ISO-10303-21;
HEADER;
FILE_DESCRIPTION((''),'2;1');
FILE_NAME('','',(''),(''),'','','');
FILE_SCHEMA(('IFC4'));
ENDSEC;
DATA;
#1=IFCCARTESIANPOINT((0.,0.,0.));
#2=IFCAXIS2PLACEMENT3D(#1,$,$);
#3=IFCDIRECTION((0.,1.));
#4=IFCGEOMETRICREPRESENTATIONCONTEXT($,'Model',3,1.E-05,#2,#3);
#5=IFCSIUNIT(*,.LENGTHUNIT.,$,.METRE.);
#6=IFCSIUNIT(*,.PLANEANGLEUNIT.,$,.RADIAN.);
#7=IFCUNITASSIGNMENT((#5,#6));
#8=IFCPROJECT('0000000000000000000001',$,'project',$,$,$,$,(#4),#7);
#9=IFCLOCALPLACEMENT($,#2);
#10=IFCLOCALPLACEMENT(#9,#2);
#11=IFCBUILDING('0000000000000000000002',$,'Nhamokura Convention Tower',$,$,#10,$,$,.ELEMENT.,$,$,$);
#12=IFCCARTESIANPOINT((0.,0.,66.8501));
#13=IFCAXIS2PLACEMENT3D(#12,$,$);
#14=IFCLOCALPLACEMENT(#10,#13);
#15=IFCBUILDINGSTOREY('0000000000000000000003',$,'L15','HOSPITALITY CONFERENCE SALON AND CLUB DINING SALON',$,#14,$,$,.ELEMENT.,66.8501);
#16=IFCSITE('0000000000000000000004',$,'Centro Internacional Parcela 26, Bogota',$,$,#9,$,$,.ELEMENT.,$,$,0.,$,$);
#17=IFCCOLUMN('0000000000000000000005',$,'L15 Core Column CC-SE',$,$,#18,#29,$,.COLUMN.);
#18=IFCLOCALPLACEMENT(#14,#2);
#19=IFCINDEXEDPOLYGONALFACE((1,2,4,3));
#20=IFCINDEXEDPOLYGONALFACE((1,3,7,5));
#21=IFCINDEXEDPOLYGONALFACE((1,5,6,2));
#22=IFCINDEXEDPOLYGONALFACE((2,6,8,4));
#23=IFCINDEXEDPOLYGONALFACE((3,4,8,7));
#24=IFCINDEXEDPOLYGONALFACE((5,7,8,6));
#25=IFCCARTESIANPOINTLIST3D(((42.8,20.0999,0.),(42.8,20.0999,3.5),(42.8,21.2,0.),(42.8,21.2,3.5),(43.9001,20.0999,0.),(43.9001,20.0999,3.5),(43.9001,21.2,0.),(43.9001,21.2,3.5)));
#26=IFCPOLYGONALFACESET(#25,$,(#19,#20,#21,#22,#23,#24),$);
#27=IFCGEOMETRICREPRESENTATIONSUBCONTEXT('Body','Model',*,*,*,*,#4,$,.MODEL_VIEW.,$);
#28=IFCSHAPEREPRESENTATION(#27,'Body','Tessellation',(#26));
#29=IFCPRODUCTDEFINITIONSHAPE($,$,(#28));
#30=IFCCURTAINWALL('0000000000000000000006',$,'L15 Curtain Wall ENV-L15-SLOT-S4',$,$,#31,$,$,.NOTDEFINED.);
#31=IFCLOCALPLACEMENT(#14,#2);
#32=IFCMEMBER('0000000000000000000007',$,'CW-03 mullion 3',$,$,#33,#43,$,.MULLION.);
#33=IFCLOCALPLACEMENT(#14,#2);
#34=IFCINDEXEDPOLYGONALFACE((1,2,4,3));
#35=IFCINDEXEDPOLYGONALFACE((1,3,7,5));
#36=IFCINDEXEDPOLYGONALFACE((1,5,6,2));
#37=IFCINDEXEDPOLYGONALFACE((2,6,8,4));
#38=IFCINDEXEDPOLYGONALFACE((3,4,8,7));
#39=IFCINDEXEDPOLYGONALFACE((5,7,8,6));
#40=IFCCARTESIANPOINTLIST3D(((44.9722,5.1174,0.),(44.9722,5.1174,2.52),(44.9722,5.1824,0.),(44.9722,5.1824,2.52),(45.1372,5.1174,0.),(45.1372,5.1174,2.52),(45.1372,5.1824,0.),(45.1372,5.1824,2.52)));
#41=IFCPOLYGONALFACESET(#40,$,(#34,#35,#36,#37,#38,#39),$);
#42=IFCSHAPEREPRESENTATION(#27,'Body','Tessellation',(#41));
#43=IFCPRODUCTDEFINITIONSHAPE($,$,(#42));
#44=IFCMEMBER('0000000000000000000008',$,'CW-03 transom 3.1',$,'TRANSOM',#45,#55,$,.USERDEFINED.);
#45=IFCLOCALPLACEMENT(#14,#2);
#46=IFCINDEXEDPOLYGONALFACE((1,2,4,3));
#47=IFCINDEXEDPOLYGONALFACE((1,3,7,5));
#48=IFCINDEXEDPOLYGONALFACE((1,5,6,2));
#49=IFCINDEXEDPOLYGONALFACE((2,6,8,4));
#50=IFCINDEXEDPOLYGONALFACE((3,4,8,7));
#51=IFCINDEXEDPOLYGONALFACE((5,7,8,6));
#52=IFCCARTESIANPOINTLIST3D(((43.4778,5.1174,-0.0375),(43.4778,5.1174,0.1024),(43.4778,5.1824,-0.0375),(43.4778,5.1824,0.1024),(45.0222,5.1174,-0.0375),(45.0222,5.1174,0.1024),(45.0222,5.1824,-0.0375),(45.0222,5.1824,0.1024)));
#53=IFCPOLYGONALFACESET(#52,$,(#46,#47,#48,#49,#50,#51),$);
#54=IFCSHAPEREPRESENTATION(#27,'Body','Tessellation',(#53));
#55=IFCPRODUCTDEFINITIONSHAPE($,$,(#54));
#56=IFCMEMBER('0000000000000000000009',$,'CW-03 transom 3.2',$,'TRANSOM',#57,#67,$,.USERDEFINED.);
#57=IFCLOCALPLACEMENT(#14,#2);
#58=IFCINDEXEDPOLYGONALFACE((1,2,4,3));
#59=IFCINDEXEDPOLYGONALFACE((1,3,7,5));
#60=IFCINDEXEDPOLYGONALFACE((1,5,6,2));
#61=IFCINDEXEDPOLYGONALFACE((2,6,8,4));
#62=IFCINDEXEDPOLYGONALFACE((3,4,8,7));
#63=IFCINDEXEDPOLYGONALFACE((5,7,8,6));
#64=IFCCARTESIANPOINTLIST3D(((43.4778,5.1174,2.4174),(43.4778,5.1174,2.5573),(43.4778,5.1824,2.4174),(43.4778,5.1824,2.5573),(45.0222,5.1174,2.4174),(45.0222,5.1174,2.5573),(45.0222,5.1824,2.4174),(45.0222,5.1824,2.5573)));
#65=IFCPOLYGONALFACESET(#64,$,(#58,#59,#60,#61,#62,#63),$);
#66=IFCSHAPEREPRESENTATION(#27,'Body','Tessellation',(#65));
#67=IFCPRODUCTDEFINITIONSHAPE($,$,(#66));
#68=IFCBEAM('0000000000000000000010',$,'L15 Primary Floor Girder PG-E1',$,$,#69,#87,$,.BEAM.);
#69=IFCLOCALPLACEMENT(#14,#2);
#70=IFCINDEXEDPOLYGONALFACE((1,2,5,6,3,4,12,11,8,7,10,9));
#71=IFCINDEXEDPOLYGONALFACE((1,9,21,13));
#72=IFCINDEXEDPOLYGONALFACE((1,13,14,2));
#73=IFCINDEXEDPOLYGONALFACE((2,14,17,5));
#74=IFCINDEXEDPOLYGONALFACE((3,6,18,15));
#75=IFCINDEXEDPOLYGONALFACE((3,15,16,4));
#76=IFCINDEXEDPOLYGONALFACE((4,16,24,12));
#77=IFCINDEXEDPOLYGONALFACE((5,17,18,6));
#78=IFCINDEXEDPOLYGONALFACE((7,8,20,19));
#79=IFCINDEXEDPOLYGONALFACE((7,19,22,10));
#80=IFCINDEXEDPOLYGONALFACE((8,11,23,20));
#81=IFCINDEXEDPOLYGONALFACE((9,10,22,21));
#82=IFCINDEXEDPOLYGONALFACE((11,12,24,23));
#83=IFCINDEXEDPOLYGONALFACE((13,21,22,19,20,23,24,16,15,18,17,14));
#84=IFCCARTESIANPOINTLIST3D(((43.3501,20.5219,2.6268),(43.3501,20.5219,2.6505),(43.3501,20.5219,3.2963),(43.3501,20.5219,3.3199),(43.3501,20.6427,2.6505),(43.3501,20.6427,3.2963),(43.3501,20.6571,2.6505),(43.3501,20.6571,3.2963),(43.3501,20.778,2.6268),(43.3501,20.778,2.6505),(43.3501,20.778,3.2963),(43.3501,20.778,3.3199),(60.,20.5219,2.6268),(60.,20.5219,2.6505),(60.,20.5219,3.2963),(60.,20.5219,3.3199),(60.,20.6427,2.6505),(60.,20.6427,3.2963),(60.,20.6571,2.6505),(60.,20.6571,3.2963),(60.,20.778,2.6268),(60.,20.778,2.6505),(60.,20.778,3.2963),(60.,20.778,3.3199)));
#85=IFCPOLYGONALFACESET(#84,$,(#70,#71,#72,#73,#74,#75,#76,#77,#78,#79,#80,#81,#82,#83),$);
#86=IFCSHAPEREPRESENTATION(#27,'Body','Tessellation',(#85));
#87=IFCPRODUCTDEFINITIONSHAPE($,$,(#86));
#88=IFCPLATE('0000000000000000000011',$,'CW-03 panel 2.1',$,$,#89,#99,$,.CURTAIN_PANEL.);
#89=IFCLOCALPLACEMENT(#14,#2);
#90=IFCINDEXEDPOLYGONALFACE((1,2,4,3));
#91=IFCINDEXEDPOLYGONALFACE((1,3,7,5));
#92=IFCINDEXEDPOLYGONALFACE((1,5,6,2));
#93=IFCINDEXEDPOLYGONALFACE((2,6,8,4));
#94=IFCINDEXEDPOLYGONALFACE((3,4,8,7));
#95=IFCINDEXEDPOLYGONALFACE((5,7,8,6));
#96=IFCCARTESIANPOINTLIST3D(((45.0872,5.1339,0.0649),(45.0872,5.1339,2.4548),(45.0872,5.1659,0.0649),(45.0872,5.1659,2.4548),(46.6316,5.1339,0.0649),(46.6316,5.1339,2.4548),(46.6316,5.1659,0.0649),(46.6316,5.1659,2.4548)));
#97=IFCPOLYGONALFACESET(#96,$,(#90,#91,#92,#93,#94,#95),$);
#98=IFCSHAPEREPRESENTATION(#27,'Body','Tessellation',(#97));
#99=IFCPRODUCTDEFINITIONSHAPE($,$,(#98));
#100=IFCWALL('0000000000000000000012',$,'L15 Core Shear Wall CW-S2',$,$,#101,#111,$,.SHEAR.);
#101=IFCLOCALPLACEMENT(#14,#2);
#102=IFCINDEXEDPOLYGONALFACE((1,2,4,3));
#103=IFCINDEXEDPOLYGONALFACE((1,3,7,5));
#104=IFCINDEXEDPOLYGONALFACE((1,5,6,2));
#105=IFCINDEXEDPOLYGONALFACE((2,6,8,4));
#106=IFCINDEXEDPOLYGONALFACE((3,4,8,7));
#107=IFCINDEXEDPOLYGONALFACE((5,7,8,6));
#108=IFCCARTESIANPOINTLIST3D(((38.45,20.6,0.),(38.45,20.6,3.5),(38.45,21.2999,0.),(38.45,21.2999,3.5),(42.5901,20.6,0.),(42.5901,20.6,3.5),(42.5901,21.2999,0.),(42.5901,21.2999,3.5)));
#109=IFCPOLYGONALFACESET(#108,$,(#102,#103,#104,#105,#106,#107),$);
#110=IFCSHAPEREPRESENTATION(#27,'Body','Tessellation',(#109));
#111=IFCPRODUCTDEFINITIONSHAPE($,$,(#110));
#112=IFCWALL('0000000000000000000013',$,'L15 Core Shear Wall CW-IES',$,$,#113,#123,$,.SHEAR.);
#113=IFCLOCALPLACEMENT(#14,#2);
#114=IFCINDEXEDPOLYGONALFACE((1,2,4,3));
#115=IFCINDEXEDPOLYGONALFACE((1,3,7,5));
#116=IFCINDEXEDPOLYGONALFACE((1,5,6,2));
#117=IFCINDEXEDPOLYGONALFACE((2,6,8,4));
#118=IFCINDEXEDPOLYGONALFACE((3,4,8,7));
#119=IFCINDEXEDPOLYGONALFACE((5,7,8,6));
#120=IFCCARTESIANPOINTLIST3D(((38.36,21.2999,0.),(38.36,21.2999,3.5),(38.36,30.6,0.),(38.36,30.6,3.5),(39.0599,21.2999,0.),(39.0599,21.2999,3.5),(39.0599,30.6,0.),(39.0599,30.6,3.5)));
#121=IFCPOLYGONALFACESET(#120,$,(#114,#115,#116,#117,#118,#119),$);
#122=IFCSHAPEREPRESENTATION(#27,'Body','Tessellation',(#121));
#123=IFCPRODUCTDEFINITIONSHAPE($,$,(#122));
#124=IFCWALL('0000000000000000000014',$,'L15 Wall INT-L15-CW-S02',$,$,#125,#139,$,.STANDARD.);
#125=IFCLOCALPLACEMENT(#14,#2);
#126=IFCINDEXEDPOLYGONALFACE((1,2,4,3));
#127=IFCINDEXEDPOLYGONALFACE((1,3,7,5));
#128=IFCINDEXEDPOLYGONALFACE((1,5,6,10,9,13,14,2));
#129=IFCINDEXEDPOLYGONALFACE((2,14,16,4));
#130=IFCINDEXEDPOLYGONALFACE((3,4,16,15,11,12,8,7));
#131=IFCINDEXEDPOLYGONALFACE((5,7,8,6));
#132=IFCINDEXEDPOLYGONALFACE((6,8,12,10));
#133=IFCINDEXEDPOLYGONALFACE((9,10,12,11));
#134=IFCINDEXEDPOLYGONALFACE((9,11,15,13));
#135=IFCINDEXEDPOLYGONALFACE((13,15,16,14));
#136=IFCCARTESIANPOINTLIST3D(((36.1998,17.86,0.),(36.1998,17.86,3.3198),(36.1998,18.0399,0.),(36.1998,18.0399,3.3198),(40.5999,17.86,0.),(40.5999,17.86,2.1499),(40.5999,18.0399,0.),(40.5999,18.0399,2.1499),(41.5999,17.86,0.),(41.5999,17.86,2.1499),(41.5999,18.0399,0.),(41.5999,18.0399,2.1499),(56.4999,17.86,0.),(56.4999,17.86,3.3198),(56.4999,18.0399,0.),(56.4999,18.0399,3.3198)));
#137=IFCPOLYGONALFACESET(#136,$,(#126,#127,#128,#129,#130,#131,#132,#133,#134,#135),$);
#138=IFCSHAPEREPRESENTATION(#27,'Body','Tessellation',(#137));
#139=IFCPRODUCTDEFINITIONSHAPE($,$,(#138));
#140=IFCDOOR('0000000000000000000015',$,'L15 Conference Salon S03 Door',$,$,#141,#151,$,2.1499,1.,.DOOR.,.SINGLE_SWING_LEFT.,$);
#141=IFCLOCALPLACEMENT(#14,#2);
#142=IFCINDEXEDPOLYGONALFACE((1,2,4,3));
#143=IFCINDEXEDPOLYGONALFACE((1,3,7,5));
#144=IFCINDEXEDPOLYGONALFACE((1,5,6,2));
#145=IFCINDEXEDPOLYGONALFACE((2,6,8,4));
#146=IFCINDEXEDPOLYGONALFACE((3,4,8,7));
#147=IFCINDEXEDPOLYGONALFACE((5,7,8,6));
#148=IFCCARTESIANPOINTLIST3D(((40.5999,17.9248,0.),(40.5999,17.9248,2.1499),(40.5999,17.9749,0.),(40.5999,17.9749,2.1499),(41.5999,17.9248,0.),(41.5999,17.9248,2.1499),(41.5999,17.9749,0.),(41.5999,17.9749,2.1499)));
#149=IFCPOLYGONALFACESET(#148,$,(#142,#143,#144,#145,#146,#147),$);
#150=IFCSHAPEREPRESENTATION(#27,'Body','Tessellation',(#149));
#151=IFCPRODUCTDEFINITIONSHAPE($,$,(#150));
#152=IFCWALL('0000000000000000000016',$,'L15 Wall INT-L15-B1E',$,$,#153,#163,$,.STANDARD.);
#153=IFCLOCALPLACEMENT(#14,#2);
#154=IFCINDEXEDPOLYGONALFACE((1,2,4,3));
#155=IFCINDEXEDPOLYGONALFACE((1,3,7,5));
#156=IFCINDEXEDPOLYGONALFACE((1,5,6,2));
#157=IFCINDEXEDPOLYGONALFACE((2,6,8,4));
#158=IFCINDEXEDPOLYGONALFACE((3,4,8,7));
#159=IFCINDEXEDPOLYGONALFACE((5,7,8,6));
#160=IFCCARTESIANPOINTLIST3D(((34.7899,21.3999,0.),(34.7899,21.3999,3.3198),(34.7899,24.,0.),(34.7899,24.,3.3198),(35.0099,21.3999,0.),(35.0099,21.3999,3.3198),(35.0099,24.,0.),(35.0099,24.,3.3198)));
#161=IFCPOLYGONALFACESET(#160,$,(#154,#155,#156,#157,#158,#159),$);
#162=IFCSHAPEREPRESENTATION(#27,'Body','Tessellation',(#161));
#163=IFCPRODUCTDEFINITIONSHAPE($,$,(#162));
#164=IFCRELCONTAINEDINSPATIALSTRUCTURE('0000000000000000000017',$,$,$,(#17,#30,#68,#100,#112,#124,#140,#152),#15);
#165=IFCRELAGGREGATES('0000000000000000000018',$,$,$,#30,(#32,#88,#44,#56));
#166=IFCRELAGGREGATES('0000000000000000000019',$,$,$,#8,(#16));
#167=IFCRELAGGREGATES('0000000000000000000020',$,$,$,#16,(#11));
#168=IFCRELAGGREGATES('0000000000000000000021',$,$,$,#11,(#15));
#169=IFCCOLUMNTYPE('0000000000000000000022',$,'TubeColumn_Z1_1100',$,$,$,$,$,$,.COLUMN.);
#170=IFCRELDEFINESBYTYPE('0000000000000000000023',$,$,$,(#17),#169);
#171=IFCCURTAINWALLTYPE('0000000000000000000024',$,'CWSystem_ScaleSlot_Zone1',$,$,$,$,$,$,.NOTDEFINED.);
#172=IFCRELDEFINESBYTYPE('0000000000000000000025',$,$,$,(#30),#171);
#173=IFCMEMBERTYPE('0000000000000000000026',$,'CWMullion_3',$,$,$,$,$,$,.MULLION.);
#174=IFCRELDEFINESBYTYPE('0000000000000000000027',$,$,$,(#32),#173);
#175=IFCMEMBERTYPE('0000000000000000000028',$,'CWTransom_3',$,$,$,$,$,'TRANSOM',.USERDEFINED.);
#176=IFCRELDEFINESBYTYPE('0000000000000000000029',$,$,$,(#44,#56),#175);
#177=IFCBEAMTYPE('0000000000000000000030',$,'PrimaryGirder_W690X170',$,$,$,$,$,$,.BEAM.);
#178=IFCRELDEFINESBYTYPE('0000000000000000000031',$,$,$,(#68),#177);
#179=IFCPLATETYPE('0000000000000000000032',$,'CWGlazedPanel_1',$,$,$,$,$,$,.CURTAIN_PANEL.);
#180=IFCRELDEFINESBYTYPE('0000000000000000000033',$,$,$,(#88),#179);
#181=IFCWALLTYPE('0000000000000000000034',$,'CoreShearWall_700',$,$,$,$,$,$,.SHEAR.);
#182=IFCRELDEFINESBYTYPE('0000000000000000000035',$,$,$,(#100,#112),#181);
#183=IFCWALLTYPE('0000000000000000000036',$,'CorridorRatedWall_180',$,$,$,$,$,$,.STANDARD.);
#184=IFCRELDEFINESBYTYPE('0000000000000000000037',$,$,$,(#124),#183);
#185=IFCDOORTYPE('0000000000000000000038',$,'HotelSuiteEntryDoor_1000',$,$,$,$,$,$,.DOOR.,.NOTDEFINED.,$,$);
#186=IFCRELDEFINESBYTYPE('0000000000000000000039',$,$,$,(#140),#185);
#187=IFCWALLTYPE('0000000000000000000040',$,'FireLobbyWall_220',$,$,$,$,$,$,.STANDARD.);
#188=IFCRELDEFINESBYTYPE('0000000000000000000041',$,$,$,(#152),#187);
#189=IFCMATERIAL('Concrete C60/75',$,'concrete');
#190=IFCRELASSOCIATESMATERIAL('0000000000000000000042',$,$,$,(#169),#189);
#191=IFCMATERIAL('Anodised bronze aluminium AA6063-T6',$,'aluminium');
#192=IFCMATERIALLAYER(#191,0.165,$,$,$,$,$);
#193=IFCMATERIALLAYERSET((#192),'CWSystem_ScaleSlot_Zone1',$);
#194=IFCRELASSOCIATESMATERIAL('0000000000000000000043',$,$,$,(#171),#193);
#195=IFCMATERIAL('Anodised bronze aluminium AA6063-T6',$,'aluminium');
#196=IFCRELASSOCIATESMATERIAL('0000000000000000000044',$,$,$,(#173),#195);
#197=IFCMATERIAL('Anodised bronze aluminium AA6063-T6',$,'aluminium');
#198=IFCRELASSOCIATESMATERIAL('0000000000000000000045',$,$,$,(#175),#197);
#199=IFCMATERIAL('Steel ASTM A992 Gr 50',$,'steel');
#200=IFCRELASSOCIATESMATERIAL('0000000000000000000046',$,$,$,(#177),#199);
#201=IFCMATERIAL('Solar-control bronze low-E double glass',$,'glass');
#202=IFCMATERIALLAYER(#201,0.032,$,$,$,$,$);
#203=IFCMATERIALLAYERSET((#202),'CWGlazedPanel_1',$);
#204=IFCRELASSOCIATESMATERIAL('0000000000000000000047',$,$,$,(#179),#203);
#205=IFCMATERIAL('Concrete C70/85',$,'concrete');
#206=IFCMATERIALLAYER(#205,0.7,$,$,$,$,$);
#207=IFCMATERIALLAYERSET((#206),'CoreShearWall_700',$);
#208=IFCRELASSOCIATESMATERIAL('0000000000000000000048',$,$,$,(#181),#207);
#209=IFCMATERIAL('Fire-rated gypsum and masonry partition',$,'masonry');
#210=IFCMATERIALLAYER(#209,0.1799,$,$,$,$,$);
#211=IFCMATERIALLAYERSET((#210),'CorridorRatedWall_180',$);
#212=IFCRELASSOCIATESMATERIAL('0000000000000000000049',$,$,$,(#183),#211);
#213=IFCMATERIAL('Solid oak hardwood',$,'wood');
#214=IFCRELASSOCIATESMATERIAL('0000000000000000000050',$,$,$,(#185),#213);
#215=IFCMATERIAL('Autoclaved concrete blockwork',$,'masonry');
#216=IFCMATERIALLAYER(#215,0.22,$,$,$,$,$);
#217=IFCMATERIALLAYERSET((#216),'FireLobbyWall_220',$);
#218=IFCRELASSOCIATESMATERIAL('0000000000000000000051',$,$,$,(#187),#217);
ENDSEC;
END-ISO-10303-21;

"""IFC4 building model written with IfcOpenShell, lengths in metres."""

from ifc_helpers import new_model, si_unit, direction, frame, frame_2d, origin, origin_2d, place, context, subcontext, project, spatial, rectangle, i_section, extrude, material, layer, layer_set, material_profile, profile_set, type_object, element, fill, aggregate, save


model = new_model("IFC4")

# Units and contexts
model_context = context("Model", 3, precision=1e-05, world=origin(), true_north=direction((0.0, 1.0)))
body_context = subcontext(model_context, "Body", "Model", "MODEL_VIEW")
ifc_project = project(units=[si_unit("LENGTHUNIT", "METRE"), si_unit("PLANEANGLEUNIT", "RADIAN")], contexts=[model_context])

# Site, building, storey
site_placement = place(None, origin())
site = spatial("IfcSite", under=ifc_project, at=site_placement, Name="Centro Internacional Parcela 26, Bogota", CompositionType="ELEMENT", RefElevation=0.0)
building_placement = place(site_placement, origin())
building = spatial("IfcBuilding", under=site, at=building_placement, Name="Nhamokura Convention Tower", CompositionType="ELEMENT")
storey_placement = place(building_placement, frame((0.0, 0.0, 66.8501)))
storey = spatial("IfcBuildingStorey", under=building, at=storey_placement, Name="L15", Description="HOSPITALITY CONFERENCE SALON AND CLUB DINING SALON", CompositionType="ELEMENT", Elevation=66.8501)

# Column
ifc_material_1 = material(Name="Concrete C60/75", Category="concrete")
ifc_material_profile_1 = material_profile(ifc_material_1, rectangle(XDim=1.1001, YDim=1.1001, at=origin_2d()))
ifc_profile_set_1 = profile_set([ifc_material_profile_1], Name="Concrete C60/75")
column_type = type_object("IfcColumnType", Name="TubeColumn_Z1_1100", PredefinedType="COLUMN", material=ifc_profile_set_1)
column_placement = place(storey_placement, frame((43.3501, 20.6499, 0.0), z_axis=(0.0, 0.0, 1.0), x_axis=(1.0, 0.0, 0.0)))
element("IfcColumn", 1, at=column_placement, inside=storey, type_object=column_type, Name="L15 Core Column CC-SE", PredefinedType="COLUMN", context=body_context, shape_type="SweptSolid", body=[
    extrude(rectangle(XDim=1.1001, YDim=1.1001, at=origin_2d()), origin(), (0.0, 0.0, 1.0), 3.5),
])

# Curtain wall, members
ifc_material_2 = material(Name="Anodised bronze aluminium AA6063-T6", Category="aluminium")
ifc_layer_1 = layer(ifc_material_2, 0.165)
ifc_layer_set_1 = layer_set([ifc_layer_1], Name="CWSystem_ScaleSlot_Zone1")
curtain_wall_type = type_object("IfcCurtainWallType", Name="CWSystem_ScaleSlot_Zone1", PredefinedType="NOTDEFINED", material=ifc_layer_set_1)
curtain_wall_placement = place(storey_placement, origin())
curtain_wall = element("IfcCurtainWall", 2, at=curtain_wall_placement, inside=storey, type_object=curtain_wall_type, Name="L15 Curtain Wall ENV-L15-SLOT-S4", PredefinedType="NOTDEFINED")
ifc_material_3 = material(Name="Anodised bronze aluminium AA6063-T6", Category="aluminium")
ifc_material_profile_2 = material_profile(ifc_material_3, rectangle(XDim=0.0649, YDim=0.165, at=origin_2d()))
ifc_profile_set_2 = profile_set([ifc_material_profile_2], Name="Anodised bronze aluminium AA6063-T6")
member_type_1 = type_object("IfcMemberType", Name="CWMullion_3", PredefinedType="MULLION", material=ifc_profile_set_2)
member_1_placement = place(storey_placement, frame((45.0547, 5.1499, 0.0), z_axis=(0.0, 0.0, 1.0), x_axis=(0.0, -1.0, 0.0)))
member_1 = element("IfcMember", 3, at=member_1_placement, type_object=member_type_1, Name="CW-03 mullion 3", PredefinedType="MULLION", context=body_context, shape_type="SweptSolid", body=[
    extrude(rectangle(XDim=0.0649, YDim=0.165, at=origin_2d()), origin(), (0.0, 0.0, 1.0), 2.52),
])
ifc_material_4 = material(Name="Anodised bronze aluminium AA6063-T6", Category="aluminium")
ifc_material_profile_3 = material_profile(ifc_material_4, rectangle(XDim=0.0649, YDim=0.1399, at=origin_2d()))
ifc_profile_set_3 = profile_set([ifc_material_profile_3], Name="Anodised bronze aluminium AA6063-T6")
member_type_2 = type_object("IfcMemberType", Name="CWTransom_3", ElementType="TRANSOM", PredefinedType="USERDEFINED", material=ifc_profile_set_3)
member_2_placement = place(storey_placement, frame((45.0222, 5.1499, 0.0325), z_axis=(-1.0, 0.0, 0.0), x_axis=(0.0, -1.0, 0.0)))
member_2 = element("IfcMember", 4, at=member_2_placement, type_object=member_type_2, Name="CW-03 transom 3.1", ObjectType="TRANSOM", PredefinedType="USERDEFINED", context=body_context, shape_type="SweptSolid", body=[
    extrude(rectangle(XDim=0.0649, YDim=0.1399, at=origin_2d()), origin(), (0.0, 0.0, 1.0), 1.5444),
])
member_3_placement = place(storey_placement, frame((45.0222, 5.1499, 2.4873), z_axis=(-1.0, 0.0, 0.0), x_axis=(0.0, -1.0, 0.0)))
member_3 = element("IfcMember", 5, at=member_3_placement, type_object=member_type_2, Name="CW-03 transom 3.2", ObjectType="TRANSOM", PredefinedType="USERDEFINED", context=body_context, shape_type="SweptSolid", body=[
    extrude(rectangle(XDim=0.0649, YDim=0.1399, at=origin_2d()), origin(), (0.0, 0.0, 1.0), 1.5444),
])

# Beam
ifc_material_5 = material(Name="Steel ASTM A992 Gr 50", Category="steel")
ifc_material_profile_4 = material_profile(ifc_material_5, i_section(OverallWidth=0.2561, OverallDepth=0.6931, WebThickness=0.0144, FlangeThickness=0.0237, at=origin_2d()))
ifc_profile_set_4 = profile_set([ifc_material_profile_4], Name="Steel ASTM A992 Gr 50")
beam_type = type_object("IfcBeamType", Name="PrimaryGirder_W690X170", PredefinedType="BEAM", material=ifc_profile_set_4)
beam_placement = place(storey_placement, frame((43.3501, 20.6499, 2.9734), z_axis=(1.0, 0.0, 0.0), x_axis=(0.0, 1.0, 0.0)))
element("IfcBeam", 6, at=beam_placement, inside=storey, type_object=beam_type, Name="L15 Primary Floor Girder PG-E1", PredefinedType="BEAM", context=body_context, shape_type="SweptSolid", body=[
    extrude(i_section(OverallWidth=0.2561, OverallDepth=0.6931, WebThickness=0.0144, FlangeThickness=0.0237, at=origin_2d()), origin(), (0.0, 0.0, 1.0), 16.6499),
])

# Plate
ifc_material_6 = material(Name="Solar-control bronze low-E double glass", Category="glass")
ifc_layer_2 = layer(ifc_material_6, 0.032)
ifc_layer_set_2 = layer_set([ifc_layer_2], Name="CWGlazedPanel_1")
plate_type = type_object("IfcPlateType", Name="CWGlazedPanel_1", PredefinedType="CURTAIN_PANEL", material=ifc_layer_set_2)
plate_placement = place(storey_placement, frame((45.8594, 5.1499, 0.0649), z_axis=(0.0, 0.0, 1.0), x_axis=(-1.0, 0.0, 0.0)))
plate = element("IfcPlate", 7, at=plate_placement, type_object=plate_type, Name="CW-03 panel 2.1", PredefinedType="CURTAIN_PANEL", context=body_context, shape_type="SweptSolid", body=[
    extrude(rectangle(XDim=1.5444, YDim=0.032, at=origin_2d()), origin(), (0.0, 0.0, 1.0), 2.3899),
])
aggregate(curtain_wall, [member_1, plate, member_2, member_3])

# Shared definitions
ifc_material_7 = material(Name="Concrete C70/85", Category="concrete")
ifc_layer_3 = layer(ifc_material_7, 0.7)
ifc_layer_set_3 = layer_set([ifc_layer_3], Name="CoreShearWall_700")
wall_type_1 = type_object("IfcWallType", Name="CoreShearWall_700", PredefinedType="SHEAR", material=ifc_layer_set_3)

# Walls
wall_1_placement = place(storey_placement, frame((38.45, 20.95, 0.0), z_axis=(0.0, 0.0, 1.0), x_axis=(1.0, 0.0, 0.0)))
element("IfcWall", 8, at=wall_1_placement, inside=storey, type_object=wall_type_1, Name="L15 Core Shear Wall CW-S2", PredefinedType="SHEAR", context=body_context, shape_type="SweptSolid", body=[
    extrude(rectangle(XDim=4.1401, YDim=0.7, at=frame_2d((2.0701, 0.0))), origin(), (0.0, 0.0, 1.0), 3.5),
])
wall_2_placement = place(storey_placement, frame((38.71, 21.3, 0.0), z_axis=(0.0, 0.0, 1.0), x_axis=(0.0, 1.0, 0.0)))
element("IfcWall", 9, at=wall_2_placement, inside=storey, type_object=wall_type_1, Name="L15 Core Shear Wall CW-IES", PredefinedType="SHEAR", context=body_context, shape_type="SweptSolid", body=[
    extrude(rectangle(XDim=9.3, YDim=0.7, at=frame_2d((4.6499, 0.0))), origin(), (0.0, 0.0, 1.0), 3.5),
])

# Wall, opening, door
ifc_material_8 = material(Name="Fire-rated gypsum and masonry partition", Category="masonry")
ifc_layer_4 = layer(ifc_material_8, 0.1799)
ifc_layer_set_4 = layer_set([ifc_layer_4], Name="CorridorRatedWall_180")
wall_type_2 = type_object("IfcWallType", Name="CorridorRatedWall_180", PredefinedType="STANDARD", material=ifc_layer_set_4)
wall_3_placement = place(storey_placement, frame((36.2, 17.95, 0.0), z_axis=(0.0, 0.0, 1.0), x_axis=(1.0, 0.0, 0.0)))
wall_3 = element("IfcWall", 10, at=wall_3_placement, inside=storey, type_object=wall_type_2, Name="L15 Wall INT-L15-CW-S02", PredefinedType="STANDARD", context=body_context, shape_type="SweptSolid", body=[
    extrude(rectangle(XDim=20.3, YDim=0.1799, at=frame_2d((10.1499, 0.0))), origin(), (0.0, 0.0, 1.0), 3.3198),
])
opening_1_placement = place(wall_3_placement, frame((4.3999, 0.0, 0.0)))
opening_1 = element("IfcOpeningElement", 11, at=opening_1_placement, cuts=wall_3, PredefinedType="OPENING", context=body_context, shape_type="SweptSolid", body=[
    extrude(rectangle(XDim=1.0, YDim=2.1499, at=frame_2d((0.5, 1.075))), frame((0.0, 0.0999, 0.0), z_axis=(0.0, -1.0, 0.0), x_axis=(1.0, 0.0, 0.0)), (0.0, 0.0, 1.0), 0.2),
])
ifc_material_9 = material(Name="Solid oak hardwood", Category="wood")
door_type_1 = type_object("IfcDoorType", Name="HotelSuiteEntryDoor_1000", OperationType="NOTDEFINED", PredefinedType="DOOR", material=ifc_material_9)
door_1_placement = place(opening_1_placement, origin())
door_1 = element("IfcDoor", 12, at=door_1_placement, inside=storey, type_object=door_type_1, Name="L15 Conference Salon S03 Door", OperationType="SINGLE_SWING_LEFT", OverallHeight=2.1499, OverallWidth=1.0, PredefinedType="DOOR", context=body_context, shape_type="SweptSolid", body=[
    extrude(rectangle(XDim=1.0, YDim=2.1499, at=frame_2d((0.5, 1.075))), frame((0.0, 0.0249, 0.0), z_axis=(0.0, -1.0, 0.0), x_axis=(1.0, 0.0, 0.0)), (0.0, 0.0, 1.0), 0.05),
])
fill(opening_1, door_1)
ifc_material_10 = material(Name="Autoclaved concrete blockwork", Category="masonry")
ifc_layer_5 = layer(ifc_material_10, 0.22)
ifc_layer_set_5 = layer_set([ifc_layer_5], Name="FireLobbyWall_220")
wall_type_3 = type_object("IfcWallType", Name="FireLobbyWall_220", PredefinedType="STANDARD", material=ifc_layer_set_5)

# Wall
wall_4_placement = place(storey_placement, frame((34.8999, 21.3999, 0.0), z_axis=(0.0, 0.0, 1.0), x_axis=(0.0, 1.0, 0.0)))
element("IfcWall", 13, at=wall_4_placement, inside=storey, type_object=wall_type_3, Name="L15 Wall INT-L15-B1E", PredefinedType="STANDARD", context=body_context, shape_type="SweptSolid", body=[
    extrude(rectangle(XDim=2.6001, YDim=0.22, at=frame_2d((1.3, 0.0))), origin(), (0.0, 0.0, 1.0), 3.3198),
])

save(model, "model.ifc")
